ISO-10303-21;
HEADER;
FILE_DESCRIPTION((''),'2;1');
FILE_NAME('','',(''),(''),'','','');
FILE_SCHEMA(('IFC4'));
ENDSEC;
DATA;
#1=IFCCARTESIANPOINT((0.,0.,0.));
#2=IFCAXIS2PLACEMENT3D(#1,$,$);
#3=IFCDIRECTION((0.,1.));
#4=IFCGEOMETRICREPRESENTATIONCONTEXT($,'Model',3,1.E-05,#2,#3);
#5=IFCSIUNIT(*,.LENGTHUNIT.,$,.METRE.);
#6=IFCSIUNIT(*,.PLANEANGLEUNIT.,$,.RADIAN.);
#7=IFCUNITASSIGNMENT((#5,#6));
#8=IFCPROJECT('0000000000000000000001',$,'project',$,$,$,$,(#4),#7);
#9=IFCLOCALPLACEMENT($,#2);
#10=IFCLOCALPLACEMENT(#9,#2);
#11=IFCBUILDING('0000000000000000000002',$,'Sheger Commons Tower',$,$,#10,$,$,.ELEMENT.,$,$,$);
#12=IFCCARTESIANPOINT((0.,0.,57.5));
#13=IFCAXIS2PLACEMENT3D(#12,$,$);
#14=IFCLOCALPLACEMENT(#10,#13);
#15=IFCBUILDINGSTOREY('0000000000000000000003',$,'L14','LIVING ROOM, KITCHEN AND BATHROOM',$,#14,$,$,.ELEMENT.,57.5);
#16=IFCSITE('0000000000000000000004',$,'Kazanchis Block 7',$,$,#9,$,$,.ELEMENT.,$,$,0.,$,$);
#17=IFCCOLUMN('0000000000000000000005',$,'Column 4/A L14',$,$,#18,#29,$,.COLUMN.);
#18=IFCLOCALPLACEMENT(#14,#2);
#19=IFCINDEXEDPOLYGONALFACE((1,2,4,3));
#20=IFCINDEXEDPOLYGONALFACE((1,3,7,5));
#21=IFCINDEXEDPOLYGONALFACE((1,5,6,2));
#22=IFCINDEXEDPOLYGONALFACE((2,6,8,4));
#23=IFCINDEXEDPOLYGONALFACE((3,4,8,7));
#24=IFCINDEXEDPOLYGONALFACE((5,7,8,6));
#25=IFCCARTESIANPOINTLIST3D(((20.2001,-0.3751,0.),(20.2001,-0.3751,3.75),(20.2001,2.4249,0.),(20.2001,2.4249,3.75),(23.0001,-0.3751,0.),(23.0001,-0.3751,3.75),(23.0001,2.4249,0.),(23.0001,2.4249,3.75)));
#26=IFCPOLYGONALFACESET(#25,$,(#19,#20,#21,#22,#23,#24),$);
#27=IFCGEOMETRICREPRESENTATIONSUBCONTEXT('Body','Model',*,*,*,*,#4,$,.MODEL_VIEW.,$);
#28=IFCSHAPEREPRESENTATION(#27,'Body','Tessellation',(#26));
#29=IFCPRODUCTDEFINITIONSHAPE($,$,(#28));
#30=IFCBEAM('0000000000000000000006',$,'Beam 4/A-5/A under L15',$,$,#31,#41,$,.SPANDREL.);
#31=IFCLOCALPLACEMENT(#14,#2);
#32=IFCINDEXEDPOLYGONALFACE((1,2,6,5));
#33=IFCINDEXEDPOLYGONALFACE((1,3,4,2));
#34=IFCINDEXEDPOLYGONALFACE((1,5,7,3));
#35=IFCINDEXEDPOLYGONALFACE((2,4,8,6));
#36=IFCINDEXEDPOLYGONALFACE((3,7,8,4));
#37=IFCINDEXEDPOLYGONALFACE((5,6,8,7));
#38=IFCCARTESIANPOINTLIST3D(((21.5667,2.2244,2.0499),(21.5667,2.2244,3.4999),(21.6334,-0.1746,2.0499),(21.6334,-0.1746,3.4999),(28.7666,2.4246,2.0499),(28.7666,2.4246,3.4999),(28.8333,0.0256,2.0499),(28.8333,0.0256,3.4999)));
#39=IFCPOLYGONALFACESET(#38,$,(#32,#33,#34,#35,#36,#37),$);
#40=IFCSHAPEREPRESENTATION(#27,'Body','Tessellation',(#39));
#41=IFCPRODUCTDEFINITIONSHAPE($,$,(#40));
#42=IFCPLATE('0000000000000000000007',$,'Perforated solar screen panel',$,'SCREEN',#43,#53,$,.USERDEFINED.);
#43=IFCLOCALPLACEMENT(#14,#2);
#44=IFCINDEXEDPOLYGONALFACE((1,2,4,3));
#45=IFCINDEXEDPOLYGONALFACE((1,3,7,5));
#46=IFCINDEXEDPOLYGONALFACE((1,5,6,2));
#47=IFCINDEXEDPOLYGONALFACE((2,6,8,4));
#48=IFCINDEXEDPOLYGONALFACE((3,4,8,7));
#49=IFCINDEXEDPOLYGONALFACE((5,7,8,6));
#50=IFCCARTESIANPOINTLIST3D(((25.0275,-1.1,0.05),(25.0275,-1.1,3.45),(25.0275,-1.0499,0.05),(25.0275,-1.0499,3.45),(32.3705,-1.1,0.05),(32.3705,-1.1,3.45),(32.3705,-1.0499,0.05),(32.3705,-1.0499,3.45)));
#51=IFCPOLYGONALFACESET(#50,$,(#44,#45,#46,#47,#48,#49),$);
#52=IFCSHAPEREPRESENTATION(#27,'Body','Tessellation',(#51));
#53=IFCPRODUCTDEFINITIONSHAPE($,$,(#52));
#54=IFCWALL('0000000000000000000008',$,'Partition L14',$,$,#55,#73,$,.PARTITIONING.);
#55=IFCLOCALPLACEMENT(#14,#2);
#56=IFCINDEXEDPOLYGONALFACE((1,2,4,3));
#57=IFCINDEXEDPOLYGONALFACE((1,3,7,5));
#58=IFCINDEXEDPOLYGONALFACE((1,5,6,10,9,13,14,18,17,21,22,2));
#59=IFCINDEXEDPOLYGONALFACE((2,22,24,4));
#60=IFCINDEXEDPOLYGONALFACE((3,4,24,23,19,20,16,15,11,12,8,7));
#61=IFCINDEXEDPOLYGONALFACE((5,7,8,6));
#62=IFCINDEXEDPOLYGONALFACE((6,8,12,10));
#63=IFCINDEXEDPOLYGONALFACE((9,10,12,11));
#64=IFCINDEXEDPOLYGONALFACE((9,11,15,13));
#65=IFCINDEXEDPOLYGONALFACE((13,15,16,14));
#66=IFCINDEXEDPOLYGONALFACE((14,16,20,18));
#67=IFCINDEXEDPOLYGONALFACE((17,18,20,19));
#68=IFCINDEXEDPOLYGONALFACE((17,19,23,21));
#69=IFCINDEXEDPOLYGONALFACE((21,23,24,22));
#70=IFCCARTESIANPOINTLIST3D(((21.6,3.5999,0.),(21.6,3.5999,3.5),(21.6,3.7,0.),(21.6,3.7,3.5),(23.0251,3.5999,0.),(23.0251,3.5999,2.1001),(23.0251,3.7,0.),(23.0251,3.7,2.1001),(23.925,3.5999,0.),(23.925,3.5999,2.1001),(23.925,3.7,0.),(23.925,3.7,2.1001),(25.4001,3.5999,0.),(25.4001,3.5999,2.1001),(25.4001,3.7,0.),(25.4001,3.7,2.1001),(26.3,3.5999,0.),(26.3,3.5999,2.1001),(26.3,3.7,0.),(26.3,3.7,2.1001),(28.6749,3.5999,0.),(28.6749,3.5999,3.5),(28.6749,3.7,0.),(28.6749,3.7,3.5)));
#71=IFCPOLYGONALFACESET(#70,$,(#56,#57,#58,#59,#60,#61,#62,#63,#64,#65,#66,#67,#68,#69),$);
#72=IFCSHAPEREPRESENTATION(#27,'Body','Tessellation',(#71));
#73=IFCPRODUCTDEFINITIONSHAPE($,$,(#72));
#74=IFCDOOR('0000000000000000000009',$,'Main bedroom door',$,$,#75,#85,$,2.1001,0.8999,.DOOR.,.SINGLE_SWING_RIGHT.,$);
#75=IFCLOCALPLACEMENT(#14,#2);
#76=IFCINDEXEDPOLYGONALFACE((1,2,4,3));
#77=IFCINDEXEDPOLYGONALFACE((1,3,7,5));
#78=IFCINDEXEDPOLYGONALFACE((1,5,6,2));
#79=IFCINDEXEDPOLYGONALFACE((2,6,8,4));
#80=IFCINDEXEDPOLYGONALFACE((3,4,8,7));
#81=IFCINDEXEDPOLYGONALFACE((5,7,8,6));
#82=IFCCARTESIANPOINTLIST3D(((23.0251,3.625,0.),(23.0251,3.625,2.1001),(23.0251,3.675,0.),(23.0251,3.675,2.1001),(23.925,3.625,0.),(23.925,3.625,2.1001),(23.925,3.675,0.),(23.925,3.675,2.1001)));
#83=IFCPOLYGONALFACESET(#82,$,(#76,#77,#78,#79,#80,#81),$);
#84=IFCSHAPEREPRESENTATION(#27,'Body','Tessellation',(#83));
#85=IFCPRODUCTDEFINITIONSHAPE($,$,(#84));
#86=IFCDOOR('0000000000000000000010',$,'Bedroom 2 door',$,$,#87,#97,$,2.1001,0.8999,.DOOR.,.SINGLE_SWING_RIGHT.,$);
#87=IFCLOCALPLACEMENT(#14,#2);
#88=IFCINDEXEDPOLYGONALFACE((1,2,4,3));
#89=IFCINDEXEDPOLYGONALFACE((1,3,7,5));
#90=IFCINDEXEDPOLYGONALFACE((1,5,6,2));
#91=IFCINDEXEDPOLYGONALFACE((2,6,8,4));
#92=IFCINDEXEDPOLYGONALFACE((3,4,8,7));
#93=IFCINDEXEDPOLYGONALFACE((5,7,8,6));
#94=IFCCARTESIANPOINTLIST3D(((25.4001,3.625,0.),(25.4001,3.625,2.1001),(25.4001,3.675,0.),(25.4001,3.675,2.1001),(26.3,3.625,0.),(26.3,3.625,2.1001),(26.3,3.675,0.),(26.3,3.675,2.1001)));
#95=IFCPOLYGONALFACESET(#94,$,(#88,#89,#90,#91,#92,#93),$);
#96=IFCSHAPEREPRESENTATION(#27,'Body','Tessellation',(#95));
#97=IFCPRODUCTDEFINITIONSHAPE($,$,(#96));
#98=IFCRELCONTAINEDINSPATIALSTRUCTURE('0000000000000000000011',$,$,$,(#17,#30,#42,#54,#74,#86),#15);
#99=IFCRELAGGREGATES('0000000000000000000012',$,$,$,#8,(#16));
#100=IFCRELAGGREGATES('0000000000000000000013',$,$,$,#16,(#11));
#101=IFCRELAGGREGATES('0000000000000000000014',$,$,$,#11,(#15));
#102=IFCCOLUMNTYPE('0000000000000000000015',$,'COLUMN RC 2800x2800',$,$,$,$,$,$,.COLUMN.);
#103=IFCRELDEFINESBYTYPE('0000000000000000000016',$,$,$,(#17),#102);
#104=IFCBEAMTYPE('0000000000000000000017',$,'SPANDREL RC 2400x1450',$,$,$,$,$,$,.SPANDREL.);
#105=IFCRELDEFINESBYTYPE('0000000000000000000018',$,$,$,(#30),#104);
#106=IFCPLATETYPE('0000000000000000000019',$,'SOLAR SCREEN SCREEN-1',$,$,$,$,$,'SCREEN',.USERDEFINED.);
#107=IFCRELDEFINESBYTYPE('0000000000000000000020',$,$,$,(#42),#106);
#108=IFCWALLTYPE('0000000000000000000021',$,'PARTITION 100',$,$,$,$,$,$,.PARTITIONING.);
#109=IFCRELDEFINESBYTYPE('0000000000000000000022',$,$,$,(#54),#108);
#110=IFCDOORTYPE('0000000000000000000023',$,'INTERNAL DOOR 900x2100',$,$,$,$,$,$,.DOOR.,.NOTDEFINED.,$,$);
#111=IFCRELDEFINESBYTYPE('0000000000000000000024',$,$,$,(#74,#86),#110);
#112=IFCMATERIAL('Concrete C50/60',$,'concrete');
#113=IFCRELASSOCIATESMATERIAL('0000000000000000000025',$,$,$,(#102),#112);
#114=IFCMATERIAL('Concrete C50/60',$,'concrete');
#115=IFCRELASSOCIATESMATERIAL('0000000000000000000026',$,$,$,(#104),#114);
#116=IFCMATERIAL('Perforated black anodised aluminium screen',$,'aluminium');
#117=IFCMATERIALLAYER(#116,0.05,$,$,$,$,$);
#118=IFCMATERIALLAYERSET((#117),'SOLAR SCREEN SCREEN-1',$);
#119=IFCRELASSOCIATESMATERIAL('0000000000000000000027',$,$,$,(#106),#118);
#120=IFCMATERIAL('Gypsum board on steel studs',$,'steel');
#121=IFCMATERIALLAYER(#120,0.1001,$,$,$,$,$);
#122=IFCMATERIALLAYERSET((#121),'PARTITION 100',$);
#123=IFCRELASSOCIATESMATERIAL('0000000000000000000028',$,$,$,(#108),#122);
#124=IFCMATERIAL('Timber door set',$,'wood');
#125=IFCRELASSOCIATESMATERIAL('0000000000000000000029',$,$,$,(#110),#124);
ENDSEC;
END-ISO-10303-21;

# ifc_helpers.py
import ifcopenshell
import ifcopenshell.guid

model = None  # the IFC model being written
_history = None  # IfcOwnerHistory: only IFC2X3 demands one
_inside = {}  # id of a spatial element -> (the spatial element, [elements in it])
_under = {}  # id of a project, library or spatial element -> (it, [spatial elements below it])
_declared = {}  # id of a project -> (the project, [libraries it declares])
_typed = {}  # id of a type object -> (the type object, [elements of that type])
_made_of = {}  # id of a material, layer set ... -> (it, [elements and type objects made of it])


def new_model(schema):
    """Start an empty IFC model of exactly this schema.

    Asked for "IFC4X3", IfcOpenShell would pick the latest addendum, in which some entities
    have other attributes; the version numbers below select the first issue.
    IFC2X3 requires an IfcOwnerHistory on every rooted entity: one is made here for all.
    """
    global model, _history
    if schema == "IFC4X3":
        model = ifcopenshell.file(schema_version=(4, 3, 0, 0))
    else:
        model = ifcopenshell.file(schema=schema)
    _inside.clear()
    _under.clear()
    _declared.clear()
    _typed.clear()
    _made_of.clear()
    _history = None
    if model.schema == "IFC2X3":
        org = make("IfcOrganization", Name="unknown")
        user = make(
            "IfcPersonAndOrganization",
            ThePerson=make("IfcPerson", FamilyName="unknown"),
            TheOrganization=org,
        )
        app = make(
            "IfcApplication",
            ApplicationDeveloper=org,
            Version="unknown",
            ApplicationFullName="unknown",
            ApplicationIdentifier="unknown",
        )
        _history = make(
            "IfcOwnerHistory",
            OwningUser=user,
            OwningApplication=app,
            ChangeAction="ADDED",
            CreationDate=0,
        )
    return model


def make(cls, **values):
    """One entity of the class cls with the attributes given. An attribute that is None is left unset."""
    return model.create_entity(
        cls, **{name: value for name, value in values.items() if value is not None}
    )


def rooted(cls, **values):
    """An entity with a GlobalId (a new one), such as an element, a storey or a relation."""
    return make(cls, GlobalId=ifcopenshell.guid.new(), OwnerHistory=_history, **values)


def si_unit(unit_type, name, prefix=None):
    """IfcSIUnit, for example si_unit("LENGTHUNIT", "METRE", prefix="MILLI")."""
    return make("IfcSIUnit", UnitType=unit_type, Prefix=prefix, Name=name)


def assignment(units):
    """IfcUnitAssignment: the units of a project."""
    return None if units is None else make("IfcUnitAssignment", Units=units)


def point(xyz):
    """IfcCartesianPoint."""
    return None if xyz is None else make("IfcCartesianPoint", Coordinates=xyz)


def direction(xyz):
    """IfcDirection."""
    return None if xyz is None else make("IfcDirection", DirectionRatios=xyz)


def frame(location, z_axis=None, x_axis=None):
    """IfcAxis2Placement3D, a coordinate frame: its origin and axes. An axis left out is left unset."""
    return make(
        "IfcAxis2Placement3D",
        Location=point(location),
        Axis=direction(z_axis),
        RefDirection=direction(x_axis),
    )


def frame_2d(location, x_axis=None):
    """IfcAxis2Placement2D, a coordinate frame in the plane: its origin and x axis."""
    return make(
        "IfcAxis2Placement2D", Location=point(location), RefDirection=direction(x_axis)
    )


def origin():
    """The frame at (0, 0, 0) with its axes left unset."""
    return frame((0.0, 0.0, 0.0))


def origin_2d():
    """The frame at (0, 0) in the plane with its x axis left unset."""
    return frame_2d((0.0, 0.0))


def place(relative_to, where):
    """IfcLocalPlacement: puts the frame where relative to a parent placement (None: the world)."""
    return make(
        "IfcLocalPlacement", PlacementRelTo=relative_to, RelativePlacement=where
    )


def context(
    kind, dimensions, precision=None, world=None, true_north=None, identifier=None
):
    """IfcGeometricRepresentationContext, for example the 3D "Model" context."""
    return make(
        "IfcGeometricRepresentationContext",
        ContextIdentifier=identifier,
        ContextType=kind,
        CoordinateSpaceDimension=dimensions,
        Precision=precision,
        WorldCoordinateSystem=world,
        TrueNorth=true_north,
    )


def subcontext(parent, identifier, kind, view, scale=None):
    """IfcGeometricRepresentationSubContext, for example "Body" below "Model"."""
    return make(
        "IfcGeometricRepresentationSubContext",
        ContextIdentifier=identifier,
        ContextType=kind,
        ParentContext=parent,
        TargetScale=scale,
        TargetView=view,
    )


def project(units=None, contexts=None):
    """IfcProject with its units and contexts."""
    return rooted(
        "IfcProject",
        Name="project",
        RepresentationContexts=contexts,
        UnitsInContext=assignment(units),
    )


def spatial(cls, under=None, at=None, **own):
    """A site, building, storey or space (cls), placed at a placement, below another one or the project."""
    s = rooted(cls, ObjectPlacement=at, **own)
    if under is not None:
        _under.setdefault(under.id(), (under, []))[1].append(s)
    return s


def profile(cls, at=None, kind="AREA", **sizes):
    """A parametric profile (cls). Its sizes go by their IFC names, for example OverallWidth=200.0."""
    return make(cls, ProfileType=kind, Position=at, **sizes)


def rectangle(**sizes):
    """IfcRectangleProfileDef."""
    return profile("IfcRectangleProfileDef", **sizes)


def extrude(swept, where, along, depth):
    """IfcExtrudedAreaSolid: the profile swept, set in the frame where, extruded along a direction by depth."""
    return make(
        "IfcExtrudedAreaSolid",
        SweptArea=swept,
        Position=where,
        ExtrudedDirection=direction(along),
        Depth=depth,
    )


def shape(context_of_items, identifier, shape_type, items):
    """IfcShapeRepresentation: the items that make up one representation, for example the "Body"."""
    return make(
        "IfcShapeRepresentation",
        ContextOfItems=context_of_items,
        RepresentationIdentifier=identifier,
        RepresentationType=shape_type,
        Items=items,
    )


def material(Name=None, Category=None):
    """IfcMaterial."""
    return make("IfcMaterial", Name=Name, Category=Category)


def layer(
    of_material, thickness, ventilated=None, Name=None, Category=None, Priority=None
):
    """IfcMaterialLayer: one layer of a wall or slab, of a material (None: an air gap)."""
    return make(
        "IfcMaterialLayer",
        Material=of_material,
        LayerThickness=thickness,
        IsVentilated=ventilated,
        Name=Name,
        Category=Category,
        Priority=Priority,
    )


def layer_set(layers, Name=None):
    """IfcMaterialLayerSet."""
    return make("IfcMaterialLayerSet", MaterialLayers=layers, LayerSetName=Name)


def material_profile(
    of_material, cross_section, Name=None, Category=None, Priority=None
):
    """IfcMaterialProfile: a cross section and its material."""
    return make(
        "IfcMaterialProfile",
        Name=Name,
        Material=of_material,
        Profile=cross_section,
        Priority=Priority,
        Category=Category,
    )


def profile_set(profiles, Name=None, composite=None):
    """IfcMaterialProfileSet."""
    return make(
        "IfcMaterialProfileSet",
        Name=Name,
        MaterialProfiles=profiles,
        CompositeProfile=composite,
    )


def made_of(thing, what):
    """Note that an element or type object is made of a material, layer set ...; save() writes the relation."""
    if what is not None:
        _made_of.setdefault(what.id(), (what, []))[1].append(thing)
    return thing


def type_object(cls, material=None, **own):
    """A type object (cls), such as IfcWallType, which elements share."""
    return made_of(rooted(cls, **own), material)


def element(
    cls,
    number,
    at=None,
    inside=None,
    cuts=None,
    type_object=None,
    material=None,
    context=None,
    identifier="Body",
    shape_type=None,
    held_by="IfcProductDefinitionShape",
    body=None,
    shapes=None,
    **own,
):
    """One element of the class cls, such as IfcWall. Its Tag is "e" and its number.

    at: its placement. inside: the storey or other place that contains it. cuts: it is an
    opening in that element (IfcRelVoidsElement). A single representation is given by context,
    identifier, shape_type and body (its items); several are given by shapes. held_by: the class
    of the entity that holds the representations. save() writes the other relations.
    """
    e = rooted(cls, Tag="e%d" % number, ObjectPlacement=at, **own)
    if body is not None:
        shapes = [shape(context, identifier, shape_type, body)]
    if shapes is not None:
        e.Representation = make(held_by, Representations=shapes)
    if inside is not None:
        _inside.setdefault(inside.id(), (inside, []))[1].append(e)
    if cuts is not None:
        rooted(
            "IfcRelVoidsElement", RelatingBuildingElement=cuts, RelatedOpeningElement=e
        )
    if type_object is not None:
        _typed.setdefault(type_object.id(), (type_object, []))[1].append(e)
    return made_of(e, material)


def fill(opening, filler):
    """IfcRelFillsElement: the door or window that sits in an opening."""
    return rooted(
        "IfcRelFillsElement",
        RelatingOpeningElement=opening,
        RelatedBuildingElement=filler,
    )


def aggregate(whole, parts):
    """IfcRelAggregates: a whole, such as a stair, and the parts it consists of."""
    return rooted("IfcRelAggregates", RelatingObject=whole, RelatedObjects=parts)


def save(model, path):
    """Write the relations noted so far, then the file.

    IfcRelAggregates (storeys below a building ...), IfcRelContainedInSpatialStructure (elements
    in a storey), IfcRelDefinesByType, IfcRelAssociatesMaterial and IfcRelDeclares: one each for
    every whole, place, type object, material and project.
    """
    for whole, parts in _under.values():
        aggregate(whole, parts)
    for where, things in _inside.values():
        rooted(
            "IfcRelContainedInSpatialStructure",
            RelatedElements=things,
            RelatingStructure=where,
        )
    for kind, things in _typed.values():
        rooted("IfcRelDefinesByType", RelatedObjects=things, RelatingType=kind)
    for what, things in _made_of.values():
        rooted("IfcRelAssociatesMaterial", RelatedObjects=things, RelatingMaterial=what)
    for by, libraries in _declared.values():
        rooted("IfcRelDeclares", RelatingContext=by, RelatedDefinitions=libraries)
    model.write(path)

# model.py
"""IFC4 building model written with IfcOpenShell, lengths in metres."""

from ifc_helpers import new_model, si_unit, direction, frame, frame_2d, origin, origin_2d, place, context, subcontext, project, spatial, rectangle, extrude, material, layer, layer_set, material_profile, profile_set, type_object, element, fill, save


model = new_model("IFC4")

# Units and contexts
model_context = context("Model", 3, precision=1e-05, world=origin(), true_north=direction((0.0, 1.0)))
body_context = subcontext(model_context, "Body", "Model", "MODEL_VIEW")
ifc_project = project(units=[si_unit("LENGTHUNIT", "METRE"), si_unit("PLANEANGLEUNIT", "RADIAN")], contexts=[model_context])

# Site, building, storey
site_placement = place(None, origin())
site = spatial("IfcSite", under=ifc_project, at=site_placement, Name="Kazanchis Block 7", CompositionType="ELEMENT", RefElevation=0.0)
building_placement = place(site_placement, origin())
building = spatial("IfcBuilding", under=site, at=building_placement, Name="Sheger Commons Tower", CompositionType="ELEMENT")
storey_placement = place(building_placement, frame((0.0, 0.0, 57.5)))
storey = spatial("IfcBuildingStorey", under=building, at=storey_placement, Name="L14", Description="LIVING ROOM, KITCHEN AND BATHROOM", CompositionType="ELEMENT", Elevation=57.5)

# Column
ifc_material_1 = material(Name="Concrete C50/60", Category="concrete")
ifc_material_profile_1 = material_profile(ifc_material_1, rectangle(XDim=2.8, YDim=2.8, at=origin_2d()), Name="RC 2800x2800")
ifc_profile_set_1 = profile_set([ifc_material_profile_1], Name="Concrete C50/60")
column_type = type_object("IfcColumnType", Name="COLUMN RC 2800x2800", PredefinedType="COLUMN", material=ifc_profile_set_1)
column_placement = place(storey_placement, frame((21.6001, 1.0249, 0.0), z_axis=(0.0, 0.0, 1.0), x_axis=(1.0, 0.0, 0.0)))
element("IfcColumn", 1, at=column_placement, inside=storey, type_object=column_type, Name="Column 4/A L14", PredefinedType="COLUMN", context=body_context, shape_type="SweptSolid", body=[
    extrude(rectangle(XDim=2.8, YDim=2.8, at=origin_2d()), origin(), (0.0, 0.0, 1.0), 3.75),
])

# Beam
ifc_material_2 = material(Name="Concrete C50/60", Category="concrete")
ifc_material_profile_2 = material_profile(ifc_material_2, rectangle(XDim=2.3999, YDim=1.45, at=origin_2d()), Name="RC 2400x1450")
ifc_profile_set_2 = profile_set([ifc_material_profile_2], Name="Concrete C50/60")
beam_type = type_object("IfcBeamType", Name="SPANDREL RC 2400x1450", PredefinedType="SPANDREL", material=ifc_profile_set_2)
beam_placement = place(storey_placement, frame((21.6001, 1.0249, 2.7749), z_axis=(0.999614, 0.027794, 0.0), x_axis=(-0.027794, 0.999614, 0.0)))
element("IfcBeam", 2, at=beam_placement, inside=storey, type_object=beam_type, Name="Beam 4/A-5/A under L15", PredefinedType="SPANDREL", context=body_context, shape_type="SweptSolid", body=[
    extrude(rectangle(XDim=2.3999, YDim=1.45, at=origin_2d()), origin(), (0.0, 0.0, 1.0), 7.2026),
])

# Plate
ifc_material_3 = material(Name="Perforated black anodised aluminium screen", Category="aluminium")
ifc_layer_1 = layer(ifc_material_3, 0.05)
ifc_layer_set_1 = layer_set([ifc_layer_1], Name="SOLAR SCREEN SCREEN-1")
plate_type = type_object("IfcPlateType", Name="SOLAR SCREEN SCREEN-1", ElementType="SCREEN", PredefinedType="USERDEFINED", material=ifc_layer_set_1)
plate_placement = place(storey_placement, frame((28.699, -1.075, 0.05), z_axis=(0.0, 0.0, 1.0), x_axis=(1.0, 0.0, 0.0)))
element("IfcPlate", 3, at=plate_placement, inside=storey, type_object=plate_type, Name="Perforated solar screen panel", ObjectType="SCREEN", PredefinedType="USERDEFINED", context=body_context, shape_type="SweptSolid", body=[
    extrude(rectangle(XDim=7.343, YDim=0.05, at=origin_2d()), origin(), (0.0, 0.0, 1.0), 3.3999),
])

# Wall, openings, doors
ifc_material_4 = material(Name="Gypsum board on steel studs", Category="steel")
ifc_layer_2 = layer(ifc_material_4, 0.1001)
ifc_layer_set_2 = layer_set([ifc_layer_2], Name="PARTITION 100")
wall_type = type_object("IfcWallType", Name="PARTITION 100", PredefinedType="PARTITIONING", material=ifc_layer_set_2)
wall_1_placement = place(storey_placement, frame((28.675, 3.6499, 0.0), z_axis=(0.0, 0.0, 1.0), x_axis=(-1.0, 0.0, 0.0)))
wall_1 = element("IfcWall", 4, at=wall_1_placement, inside=storey, type_object=wall_type, Name="Partition L14", PredefinedType="PARTITIONING", context=body_context, shape_type="SweptSolid", body=[
    extrude(rectangle(XDim=7.075, YDim=0.1001, at=frame_2d((3.5376, 0.0))), origin(), (0.0, 0.0, 1.0), 3.5),
])
opening_1_placement = place(wall_1_placement, frame((4.75, 0.0, 0.0)))
opening_1 = element("IfcOpeningElement", 5, at=opening_1_placement, cuts=wall_1, PredefinedType="OPENING", context=body_context, shape_type="SweptSolid", body=[
    extrude(rectangle(XDim=0.8999, YDim=2.1001, at=frame_2d((0.45, 1.05))), frame((0.0, 0.0601, 0.0), z_axis=(0.0, -1.0, 0.0), x_axis=(1.0, 0.0, 0.0)), (0.0, 0.0, 1.0), 0.1201),
])
opening_2_placement = place(wall_1_placement, frame((2.375, 0.0, 0.0)))
opening_2 = element("IfcOpeningElement", 6, at=opening_2_placement, cuts=wall_1, PredefinedType="OPENING", context=body_context, shape_type="SweptSolid", body=[
    extrude(rectangle(XDim=0.8999, YDim=2.1001, at=frame_2d((0.45, 1.05))), frame((0.0, 0.0601, 0.0), z_axis=(0.0, -1.0, 0.0), x_axis=(1.0, 0.0, 0.0)), (0.0, 0.0, 1.0), 0.1201),
])
ifc_material_5 = material(Name="Timber door set", Category="wood")
door_type = type_object("IfcDoorType", Name="INTERNAL DOOR 900x2100", OperationType="NOTDEFINED", PredefinedType="DOOR", material=ifc_material_5)
door_1_placement = place(opening_1_placement, origin())
door_1 = element("IfcDoor", 7, at=door_1_placement, inside=storey, type_object=door_type, Name="Main bedroom door", OperationType="SINGLE_SWING_RIGHT", OverallHeight=2.1001, OverallWidth=0.8999, PredefinedType="DOOR", context=body_context, shape_type="SweptSolid", body=[
    extrude(rectangle(XDim=0.8999, YDim=2.1001, at=frame_2d((0.45, 1.05))), frame((0.0, 0.0249, 0.0), z_axis=(0.0, -1.0, 0.0), x_axis=(1.0, 0.0, 0.0)), (0.0, 0.0, 1.0), 0.05),
])
fill(opening_1, door_1)
door_2_placement = place(opening_2_placement, origin())
door_2 = element("IfcDoor", 8, at=door_2_placement, inside=storey, type_object=door_type, Name="Bedroom 2 door", OperationType="SINGLE_SWING_RIGHT", OverallHeight=2.1001, OverallWidth=0.8999, PredefinedType="DOOR", context=body_context, shape_type="SweptSolid", body=[
    extrude(rectangle(XDim=0.8999, YDim=2.1001, at=frame_2d((0.45, 1.05))), frame((0.0, 0.0249, 0.0), z_axis=(0.0, -1.0, 0.0), x_axis=(1.0, 0.0, 0.0)), (0.0, 0.0, 1.0), 0.05),
])
fill(opening_2, door_2)

save(model, "model.ifc")
